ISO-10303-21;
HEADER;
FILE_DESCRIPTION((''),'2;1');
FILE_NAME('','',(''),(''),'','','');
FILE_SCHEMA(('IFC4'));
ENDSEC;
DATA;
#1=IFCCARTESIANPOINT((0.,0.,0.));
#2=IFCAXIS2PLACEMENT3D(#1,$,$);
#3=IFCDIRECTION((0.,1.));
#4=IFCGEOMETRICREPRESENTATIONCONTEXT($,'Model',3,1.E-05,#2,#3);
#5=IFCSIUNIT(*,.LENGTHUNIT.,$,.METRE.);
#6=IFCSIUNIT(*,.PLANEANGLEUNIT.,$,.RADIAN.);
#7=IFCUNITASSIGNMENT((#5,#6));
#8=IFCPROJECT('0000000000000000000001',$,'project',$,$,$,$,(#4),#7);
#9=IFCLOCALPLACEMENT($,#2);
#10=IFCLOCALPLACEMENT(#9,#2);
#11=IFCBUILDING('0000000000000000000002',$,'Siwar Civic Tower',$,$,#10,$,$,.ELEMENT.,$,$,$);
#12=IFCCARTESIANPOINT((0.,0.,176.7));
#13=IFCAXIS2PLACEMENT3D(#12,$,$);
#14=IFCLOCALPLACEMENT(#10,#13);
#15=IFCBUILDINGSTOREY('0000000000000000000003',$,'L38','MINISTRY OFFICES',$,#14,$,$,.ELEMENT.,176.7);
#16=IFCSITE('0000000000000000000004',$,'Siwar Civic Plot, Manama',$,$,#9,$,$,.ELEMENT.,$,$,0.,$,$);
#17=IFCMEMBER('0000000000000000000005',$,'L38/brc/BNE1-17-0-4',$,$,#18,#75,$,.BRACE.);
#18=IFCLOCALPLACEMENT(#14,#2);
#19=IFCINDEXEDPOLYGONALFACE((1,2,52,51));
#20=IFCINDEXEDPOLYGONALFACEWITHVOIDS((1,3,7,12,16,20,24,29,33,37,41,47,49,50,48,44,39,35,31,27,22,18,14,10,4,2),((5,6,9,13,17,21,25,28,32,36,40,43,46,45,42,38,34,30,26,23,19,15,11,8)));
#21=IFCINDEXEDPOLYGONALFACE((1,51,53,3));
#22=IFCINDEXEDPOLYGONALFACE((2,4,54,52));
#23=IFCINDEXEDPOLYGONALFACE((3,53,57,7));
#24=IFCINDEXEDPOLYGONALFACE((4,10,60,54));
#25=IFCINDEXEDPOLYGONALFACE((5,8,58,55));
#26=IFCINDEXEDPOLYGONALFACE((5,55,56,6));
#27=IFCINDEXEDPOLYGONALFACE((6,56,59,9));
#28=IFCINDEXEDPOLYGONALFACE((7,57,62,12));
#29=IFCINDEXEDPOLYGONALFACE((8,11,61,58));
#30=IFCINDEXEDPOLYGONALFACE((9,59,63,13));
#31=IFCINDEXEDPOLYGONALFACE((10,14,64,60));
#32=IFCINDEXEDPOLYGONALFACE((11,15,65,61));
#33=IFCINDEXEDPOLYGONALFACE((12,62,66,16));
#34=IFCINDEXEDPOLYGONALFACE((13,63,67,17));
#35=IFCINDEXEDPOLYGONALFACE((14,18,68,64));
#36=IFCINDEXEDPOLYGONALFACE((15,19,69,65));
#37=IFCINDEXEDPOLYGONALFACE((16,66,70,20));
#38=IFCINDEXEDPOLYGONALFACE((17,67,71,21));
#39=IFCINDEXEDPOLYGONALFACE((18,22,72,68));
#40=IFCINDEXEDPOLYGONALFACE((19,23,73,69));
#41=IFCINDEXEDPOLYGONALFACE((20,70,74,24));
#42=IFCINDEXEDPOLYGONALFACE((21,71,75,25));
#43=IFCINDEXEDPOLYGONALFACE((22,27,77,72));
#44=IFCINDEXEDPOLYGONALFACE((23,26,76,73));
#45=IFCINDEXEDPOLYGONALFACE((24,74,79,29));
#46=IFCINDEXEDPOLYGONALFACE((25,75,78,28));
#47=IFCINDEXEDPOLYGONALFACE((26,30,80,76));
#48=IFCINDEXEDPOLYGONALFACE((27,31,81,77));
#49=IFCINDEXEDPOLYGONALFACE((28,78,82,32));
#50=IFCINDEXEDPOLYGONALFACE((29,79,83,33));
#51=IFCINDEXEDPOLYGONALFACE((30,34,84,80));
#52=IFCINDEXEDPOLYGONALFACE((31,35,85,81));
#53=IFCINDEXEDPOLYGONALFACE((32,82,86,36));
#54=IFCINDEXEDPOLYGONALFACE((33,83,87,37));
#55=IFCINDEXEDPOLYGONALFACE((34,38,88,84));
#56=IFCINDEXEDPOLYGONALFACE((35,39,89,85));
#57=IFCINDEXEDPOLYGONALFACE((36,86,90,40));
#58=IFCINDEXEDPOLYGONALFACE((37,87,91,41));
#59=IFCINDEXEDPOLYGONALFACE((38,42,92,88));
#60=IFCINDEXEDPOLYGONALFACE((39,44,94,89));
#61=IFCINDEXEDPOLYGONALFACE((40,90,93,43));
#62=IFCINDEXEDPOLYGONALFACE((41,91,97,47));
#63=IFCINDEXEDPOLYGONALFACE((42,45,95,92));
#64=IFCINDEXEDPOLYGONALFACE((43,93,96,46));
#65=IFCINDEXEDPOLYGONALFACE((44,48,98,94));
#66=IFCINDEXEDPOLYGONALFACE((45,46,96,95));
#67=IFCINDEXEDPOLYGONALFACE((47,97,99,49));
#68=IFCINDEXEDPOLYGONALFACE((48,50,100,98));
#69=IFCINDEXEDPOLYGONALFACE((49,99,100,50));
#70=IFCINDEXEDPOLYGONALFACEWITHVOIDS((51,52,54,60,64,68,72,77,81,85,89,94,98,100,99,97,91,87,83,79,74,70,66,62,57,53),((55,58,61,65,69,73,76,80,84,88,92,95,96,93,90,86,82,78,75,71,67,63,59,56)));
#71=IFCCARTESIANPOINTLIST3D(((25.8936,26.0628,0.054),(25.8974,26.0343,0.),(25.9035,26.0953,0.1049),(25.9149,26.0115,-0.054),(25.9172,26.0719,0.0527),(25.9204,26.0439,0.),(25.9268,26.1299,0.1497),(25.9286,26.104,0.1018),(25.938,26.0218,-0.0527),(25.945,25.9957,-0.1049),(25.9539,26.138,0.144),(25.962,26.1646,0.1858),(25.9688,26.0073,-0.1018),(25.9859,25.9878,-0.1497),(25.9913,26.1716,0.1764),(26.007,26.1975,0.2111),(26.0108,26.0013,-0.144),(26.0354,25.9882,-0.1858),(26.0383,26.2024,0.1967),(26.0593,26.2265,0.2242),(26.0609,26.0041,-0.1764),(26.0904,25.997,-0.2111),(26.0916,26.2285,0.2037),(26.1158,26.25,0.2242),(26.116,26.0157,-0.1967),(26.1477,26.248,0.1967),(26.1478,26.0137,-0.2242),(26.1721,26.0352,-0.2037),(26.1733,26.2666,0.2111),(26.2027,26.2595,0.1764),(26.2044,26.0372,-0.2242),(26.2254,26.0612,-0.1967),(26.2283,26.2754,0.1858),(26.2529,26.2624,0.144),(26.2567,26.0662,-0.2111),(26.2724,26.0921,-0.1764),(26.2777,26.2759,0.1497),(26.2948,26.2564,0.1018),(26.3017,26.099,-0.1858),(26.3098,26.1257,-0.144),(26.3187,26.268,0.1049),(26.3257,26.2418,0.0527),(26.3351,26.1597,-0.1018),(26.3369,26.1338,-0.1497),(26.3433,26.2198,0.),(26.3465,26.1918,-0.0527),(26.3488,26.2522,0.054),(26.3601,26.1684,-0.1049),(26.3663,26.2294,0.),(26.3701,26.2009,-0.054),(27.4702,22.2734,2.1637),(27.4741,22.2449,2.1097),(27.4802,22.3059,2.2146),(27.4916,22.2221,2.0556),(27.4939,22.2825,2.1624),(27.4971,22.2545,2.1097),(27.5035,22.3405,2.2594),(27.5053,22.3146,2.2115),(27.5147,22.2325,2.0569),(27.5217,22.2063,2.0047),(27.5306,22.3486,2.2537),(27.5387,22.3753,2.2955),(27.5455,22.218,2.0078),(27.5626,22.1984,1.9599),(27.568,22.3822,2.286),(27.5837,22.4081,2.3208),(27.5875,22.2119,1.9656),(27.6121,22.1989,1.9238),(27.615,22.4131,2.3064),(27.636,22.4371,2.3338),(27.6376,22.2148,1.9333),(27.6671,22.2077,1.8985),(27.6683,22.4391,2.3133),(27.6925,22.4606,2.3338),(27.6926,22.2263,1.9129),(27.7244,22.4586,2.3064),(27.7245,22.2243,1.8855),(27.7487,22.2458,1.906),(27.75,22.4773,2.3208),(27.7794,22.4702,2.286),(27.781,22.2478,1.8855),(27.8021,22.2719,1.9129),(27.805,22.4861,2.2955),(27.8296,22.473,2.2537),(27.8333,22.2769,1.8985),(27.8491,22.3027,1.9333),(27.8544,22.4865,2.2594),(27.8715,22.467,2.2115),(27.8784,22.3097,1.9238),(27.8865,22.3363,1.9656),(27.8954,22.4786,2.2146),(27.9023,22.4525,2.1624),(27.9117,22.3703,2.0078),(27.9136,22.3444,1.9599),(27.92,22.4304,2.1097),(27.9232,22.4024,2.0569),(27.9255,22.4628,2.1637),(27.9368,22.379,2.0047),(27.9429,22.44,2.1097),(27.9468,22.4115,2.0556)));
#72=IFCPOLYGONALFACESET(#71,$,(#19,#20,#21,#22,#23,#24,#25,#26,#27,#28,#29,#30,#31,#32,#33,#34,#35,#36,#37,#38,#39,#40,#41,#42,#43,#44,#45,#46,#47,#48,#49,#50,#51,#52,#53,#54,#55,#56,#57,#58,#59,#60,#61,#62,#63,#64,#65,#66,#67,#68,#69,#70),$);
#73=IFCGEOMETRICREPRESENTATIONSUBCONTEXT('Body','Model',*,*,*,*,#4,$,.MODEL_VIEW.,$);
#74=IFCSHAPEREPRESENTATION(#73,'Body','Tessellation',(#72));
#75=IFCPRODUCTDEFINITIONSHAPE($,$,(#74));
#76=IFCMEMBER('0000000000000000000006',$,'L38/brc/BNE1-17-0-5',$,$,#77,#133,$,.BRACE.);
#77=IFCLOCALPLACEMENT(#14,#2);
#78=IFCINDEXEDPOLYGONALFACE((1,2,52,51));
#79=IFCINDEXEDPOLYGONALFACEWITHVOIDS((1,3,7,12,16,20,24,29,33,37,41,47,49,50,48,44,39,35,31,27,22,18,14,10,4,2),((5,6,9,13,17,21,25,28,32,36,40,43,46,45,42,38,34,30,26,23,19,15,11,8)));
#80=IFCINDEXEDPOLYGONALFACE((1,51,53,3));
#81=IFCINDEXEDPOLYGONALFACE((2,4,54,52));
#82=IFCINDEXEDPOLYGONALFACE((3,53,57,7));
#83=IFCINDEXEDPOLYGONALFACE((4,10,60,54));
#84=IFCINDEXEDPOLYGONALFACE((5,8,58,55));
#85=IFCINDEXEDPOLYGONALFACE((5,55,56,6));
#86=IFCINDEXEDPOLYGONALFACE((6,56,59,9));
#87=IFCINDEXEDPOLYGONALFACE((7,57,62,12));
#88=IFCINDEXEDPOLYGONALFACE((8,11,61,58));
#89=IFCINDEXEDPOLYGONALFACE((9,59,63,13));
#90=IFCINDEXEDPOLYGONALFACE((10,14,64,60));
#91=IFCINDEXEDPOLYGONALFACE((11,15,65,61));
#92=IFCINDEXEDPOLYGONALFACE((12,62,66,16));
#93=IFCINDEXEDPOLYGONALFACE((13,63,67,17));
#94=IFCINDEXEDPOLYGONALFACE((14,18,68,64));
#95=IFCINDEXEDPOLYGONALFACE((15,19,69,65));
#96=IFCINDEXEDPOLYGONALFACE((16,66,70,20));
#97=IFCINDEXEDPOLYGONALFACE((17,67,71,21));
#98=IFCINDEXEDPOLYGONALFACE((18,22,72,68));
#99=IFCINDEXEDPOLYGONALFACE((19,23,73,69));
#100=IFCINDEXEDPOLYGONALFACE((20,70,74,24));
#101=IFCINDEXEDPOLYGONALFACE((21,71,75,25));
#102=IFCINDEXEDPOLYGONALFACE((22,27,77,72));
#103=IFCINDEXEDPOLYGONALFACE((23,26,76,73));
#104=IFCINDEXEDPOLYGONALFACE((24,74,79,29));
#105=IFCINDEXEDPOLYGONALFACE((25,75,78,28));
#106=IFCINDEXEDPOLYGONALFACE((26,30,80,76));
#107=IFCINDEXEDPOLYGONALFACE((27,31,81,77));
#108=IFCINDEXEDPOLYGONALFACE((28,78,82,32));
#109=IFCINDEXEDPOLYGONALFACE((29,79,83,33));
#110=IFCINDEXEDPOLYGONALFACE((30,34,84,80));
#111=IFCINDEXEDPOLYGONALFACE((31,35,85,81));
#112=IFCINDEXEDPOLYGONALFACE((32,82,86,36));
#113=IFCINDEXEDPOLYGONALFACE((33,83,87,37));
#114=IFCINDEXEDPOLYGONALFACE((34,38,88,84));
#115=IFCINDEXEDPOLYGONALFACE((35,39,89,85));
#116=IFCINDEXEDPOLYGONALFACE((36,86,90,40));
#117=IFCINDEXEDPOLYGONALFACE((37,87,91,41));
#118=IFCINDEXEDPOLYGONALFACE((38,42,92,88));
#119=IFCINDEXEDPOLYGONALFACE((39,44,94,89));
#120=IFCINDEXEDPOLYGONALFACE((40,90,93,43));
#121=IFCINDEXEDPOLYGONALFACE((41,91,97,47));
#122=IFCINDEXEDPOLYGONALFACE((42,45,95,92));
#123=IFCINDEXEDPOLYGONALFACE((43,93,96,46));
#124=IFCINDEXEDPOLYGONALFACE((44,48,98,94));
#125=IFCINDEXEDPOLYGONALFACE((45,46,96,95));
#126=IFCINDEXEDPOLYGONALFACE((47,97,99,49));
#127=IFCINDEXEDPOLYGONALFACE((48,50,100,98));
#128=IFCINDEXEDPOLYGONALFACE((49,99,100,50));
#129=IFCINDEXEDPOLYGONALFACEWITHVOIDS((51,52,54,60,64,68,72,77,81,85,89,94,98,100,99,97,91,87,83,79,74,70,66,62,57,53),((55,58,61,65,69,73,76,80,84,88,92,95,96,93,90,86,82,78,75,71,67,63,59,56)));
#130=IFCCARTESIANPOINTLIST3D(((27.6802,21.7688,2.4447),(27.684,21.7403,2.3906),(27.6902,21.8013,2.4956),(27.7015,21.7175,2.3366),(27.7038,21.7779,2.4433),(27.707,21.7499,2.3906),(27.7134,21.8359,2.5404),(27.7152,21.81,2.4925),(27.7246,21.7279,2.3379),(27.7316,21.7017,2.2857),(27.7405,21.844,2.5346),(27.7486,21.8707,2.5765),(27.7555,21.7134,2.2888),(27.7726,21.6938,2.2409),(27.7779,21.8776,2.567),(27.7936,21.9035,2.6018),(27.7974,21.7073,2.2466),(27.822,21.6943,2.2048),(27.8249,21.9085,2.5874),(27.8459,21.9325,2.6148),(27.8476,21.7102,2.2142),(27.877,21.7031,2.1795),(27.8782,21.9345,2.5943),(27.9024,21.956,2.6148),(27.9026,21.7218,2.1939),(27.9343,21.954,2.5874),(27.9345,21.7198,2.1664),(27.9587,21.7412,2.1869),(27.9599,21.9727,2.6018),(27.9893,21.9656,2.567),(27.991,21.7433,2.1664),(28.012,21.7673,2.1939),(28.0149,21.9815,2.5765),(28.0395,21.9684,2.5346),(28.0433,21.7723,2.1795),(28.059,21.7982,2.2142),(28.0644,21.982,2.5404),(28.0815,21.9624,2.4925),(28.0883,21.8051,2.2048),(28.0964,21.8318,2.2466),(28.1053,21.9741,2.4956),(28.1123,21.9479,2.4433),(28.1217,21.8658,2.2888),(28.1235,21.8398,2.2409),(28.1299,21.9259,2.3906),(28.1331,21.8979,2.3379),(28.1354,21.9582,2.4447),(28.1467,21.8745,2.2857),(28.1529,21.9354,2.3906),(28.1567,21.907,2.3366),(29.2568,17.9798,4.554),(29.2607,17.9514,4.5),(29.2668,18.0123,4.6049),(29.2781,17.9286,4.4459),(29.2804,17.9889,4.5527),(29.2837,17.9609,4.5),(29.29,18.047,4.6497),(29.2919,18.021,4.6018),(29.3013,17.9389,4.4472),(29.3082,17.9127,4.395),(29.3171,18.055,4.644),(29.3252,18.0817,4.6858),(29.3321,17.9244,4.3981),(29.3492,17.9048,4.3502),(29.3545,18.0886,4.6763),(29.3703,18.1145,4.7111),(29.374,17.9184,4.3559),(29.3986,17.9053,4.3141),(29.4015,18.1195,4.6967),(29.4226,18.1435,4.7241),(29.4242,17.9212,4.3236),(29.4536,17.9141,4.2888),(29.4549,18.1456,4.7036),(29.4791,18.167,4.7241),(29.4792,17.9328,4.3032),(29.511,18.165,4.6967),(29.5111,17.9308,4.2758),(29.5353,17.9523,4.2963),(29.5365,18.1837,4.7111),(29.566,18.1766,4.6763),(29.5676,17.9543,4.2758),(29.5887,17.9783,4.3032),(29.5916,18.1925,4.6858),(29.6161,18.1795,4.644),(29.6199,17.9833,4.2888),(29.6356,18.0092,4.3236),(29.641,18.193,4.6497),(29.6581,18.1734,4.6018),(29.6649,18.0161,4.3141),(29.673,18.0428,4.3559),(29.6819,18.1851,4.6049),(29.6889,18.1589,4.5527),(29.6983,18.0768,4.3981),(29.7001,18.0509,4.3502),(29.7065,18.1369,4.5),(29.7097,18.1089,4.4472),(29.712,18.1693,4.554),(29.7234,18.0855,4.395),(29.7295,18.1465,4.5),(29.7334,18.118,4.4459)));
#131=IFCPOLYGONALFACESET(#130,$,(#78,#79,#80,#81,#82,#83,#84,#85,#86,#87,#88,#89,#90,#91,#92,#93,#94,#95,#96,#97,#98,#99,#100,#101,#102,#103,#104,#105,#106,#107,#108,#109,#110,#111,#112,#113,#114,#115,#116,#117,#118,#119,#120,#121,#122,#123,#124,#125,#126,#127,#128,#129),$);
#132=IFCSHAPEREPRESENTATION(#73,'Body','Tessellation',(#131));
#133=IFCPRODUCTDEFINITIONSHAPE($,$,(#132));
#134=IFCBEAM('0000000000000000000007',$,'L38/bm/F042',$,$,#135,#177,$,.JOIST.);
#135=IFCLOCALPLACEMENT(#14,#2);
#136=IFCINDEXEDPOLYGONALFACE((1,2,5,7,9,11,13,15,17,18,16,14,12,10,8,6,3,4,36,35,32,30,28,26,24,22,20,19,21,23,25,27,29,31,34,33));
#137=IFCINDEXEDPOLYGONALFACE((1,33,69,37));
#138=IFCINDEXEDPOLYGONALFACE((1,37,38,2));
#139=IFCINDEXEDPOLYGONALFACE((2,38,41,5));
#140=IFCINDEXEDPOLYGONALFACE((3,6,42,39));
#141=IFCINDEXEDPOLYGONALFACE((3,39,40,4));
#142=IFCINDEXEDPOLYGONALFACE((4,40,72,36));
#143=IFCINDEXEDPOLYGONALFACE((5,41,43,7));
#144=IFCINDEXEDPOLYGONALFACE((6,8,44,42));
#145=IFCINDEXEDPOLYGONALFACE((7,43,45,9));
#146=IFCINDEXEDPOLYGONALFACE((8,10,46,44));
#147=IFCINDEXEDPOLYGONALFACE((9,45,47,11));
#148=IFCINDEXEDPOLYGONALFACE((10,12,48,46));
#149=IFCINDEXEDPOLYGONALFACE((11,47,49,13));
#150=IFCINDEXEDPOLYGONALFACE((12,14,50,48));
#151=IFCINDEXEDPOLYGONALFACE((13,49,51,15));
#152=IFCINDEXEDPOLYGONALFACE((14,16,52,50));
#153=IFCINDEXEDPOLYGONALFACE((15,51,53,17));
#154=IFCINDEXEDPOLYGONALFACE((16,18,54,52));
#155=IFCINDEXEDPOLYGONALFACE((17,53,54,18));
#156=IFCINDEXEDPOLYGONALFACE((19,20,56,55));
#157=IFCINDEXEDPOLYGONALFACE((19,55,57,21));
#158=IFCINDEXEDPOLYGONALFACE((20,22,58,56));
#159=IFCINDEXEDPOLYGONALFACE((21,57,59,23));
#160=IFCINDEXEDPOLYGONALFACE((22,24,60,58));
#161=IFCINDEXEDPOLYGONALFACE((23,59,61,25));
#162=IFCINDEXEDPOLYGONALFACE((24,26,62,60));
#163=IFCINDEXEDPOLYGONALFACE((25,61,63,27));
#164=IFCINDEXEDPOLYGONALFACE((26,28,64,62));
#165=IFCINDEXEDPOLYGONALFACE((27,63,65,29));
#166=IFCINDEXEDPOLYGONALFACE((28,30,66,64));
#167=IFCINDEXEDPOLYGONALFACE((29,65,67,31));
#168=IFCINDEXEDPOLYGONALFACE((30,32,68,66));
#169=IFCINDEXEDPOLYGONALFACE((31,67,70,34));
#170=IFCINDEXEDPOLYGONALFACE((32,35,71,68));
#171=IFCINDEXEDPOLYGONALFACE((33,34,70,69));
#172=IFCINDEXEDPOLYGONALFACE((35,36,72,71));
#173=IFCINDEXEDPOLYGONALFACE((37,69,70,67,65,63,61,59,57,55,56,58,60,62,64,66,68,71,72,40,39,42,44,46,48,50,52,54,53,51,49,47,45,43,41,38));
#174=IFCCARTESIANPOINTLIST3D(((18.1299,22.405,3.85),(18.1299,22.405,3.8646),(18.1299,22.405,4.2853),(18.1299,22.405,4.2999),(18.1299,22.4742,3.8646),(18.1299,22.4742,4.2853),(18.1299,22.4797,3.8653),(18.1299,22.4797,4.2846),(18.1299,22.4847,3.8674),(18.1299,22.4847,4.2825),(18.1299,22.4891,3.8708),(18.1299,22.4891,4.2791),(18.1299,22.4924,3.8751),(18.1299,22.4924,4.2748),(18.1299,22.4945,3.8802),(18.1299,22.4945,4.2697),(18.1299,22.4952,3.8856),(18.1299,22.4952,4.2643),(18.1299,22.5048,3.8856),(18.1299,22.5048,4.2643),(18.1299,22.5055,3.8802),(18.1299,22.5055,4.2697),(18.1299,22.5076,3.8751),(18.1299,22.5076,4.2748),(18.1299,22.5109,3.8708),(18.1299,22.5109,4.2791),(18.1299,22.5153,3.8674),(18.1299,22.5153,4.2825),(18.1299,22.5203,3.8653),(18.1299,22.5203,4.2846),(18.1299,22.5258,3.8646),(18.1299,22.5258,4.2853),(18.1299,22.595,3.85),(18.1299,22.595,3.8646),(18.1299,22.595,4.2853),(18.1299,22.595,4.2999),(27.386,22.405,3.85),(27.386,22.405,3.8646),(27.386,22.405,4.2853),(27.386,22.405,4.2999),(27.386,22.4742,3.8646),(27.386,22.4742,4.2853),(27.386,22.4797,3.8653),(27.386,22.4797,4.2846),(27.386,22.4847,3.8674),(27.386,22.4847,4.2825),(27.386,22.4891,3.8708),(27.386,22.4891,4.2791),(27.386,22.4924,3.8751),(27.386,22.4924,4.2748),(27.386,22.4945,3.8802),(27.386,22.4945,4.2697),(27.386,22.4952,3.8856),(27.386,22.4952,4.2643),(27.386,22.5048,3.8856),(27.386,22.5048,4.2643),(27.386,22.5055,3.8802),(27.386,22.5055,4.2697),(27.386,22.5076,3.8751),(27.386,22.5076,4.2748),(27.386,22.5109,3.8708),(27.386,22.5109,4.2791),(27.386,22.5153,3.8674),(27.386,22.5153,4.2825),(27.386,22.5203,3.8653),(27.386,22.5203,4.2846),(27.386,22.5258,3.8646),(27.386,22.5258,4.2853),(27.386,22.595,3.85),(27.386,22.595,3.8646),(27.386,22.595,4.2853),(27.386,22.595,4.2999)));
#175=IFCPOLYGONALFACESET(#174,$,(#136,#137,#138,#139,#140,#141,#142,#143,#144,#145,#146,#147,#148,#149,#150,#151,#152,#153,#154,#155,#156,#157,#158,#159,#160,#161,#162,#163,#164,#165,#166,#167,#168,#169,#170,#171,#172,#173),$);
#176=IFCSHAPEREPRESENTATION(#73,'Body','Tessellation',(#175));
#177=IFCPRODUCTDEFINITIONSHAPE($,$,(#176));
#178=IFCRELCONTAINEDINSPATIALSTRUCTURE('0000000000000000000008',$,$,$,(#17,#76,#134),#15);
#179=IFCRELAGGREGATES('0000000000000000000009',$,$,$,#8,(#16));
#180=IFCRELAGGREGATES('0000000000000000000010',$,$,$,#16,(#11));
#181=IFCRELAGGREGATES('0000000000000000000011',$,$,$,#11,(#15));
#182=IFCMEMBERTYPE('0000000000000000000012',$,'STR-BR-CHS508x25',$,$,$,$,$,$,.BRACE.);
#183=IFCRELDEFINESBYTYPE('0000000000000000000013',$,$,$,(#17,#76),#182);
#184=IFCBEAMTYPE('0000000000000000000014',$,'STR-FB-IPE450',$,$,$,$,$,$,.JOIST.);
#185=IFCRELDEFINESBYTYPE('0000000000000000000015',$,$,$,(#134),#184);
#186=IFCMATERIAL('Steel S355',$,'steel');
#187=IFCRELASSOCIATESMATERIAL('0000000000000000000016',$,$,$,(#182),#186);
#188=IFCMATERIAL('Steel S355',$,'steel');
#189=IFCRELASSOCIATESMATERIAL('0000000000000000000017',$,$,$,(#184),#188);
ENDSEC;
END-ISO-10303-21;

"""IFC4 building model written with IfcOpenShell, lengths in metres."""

from ifc_helpers import new_model, si_unit, direction, frame, origin, origin_2d, place, context, subcontext, project, spatial, hollow_circle, i_section, extrude, material, material_profile, profile_set, type_object, element, save


model = new_model("IFC4")

# Units and contexts
model_context = context("Model", 3, precision=1e-05, world=origin(), true_north=direction((0.0, 1.0)))
body_context = subcontext(model_context, "Body", "Model", "MODEL_VIEW")
ifc_project = project(units=[si_unit("LENGTHUNIT", "METRE"), si_unit("PLANEANGLEUNIT", "RADIAN")], contexts=[model_context])

# Site, building, storey
site_placement = place(None, origin())
site = spatial("IfcSite", under=ifc_project, at=site_placement, Name="Siwar Civic Plot, Manama", CompositionType="ELEMENT", RefElevation=0.0)
building_placement = place(site_placement, origin())
building = spatial("IfcBuilding", under=site, at=building_placement, Name="Siwar Civic Tower", CompositionType="ELEMENT")
storey_placement = place(building_placement, frame((0.0, 0.0, 176.7)))
storey = spatial("IfcBuildingStorey", under=building, at=storey_placement, Name="L38", Description="MINISTRY OFFICES", CompositionType="ELEMENT", Elevation=176.7)

# Members
ifc_material_1 = material(Name="Steel S355", Category="steel")
ifc_material_profile_1 = material_profile(ifc_material_1, hollow_circle(Radius=0.2539, WallThickness=0.0249, at=origin_2d()), Name="CHS508x25")
ifc_profile_set_1 = profile_set([ifc_material_profile_1], Name="Steel S355")
member_type_1 = type_object("IfcMemberType", Name="STR-BR-CHS508x25", PredefinedType="BRACE", material=ifc_profile_set_1)
member_1_placement = place(storey_placement, frame((26.1318, 26.1318, 0.0), z_axis=(0.341662, -0.821143, 0.457155), x_axis=(0.923269, 0.384155, 0.0)))
element("IfcMember", 1, at=member_1_placement, inside=storey, type_object=member_type_1, Name="L38/brc/BNE1-17-0-4", PredefinedType="BRACE", context=body_context, shape_type="SweptSolid", body=[
    extrude(hollow_circle(Radius=0.2539, WallThickness=0.0249, at=origin_2d()), origin(), (0.0, 0.0, 1.0), 4.6147),
])
member_2_placement = place(storey_placement, frame((27.9185, 21.8379, 2.3906), z_axis=(0.341686, -0.821146, 0.457133), x_axis=(0.92326, 0.384176, 0.0)))
element("IfcMember", 2, at=member_2_placement, inside=storey, type_object=member_type_1, Name="L38/brc/BNE1-17-0-5", PredefinedType="BRACE", context=body_context, shape_type="SweptSolid", body=[
    extrude(hollow_circle(Radius=0.2539, WallThickness=0.0249, at=origin_2d()), origin(), (0.0, 0.0, 1.0), 4.6143),
])

# Beam
ifc_material_2 = material(Name="Steel S355", Category="steel")
ifc_material_profile_2 = material_profile(ifc_material_2, i_section(OverallWidth=0.1899, OverallDepth=0.45, WebThickness=0.0095, FlangeThickness=0.0146, FilletRadius=0.021, at=origin_2d()), Name="IPE450")
ifc_profile_set_2 = profile_set([ifc_material_profile_2], Name="Steel S355")
beam_type_1 = type_object("IfcBeamType", Name="STR-FB-IPE450", PredefinedType="JOIST", material=ifc_profile_set_2)
beam_1_placement = place(storey_placement, frame((18.1299, 22.5, 4.075), z_axis=(1.0, 0.0, 0.0), x_axis=(0.0, 1.0, 0.0)))
element("IfcBeam", 3, at=beam_1_placement, inside=storey, type_object=beam_type_1, Name="L38/bm/F042", PredefinedType="JOIST", context=body_context, shape_type="SweptSolid", body=[
    extrude(i_section(OverallWidth=0.1899, OverallDepth=0.45, WebThickness=0.0095, FlangeThickness=0.0146, FilletRadius=0.021, at=origin_2d()), origin(), (0.0, 0.0, 1.0), 9.2561),
])

save(model, "model.ifc")
